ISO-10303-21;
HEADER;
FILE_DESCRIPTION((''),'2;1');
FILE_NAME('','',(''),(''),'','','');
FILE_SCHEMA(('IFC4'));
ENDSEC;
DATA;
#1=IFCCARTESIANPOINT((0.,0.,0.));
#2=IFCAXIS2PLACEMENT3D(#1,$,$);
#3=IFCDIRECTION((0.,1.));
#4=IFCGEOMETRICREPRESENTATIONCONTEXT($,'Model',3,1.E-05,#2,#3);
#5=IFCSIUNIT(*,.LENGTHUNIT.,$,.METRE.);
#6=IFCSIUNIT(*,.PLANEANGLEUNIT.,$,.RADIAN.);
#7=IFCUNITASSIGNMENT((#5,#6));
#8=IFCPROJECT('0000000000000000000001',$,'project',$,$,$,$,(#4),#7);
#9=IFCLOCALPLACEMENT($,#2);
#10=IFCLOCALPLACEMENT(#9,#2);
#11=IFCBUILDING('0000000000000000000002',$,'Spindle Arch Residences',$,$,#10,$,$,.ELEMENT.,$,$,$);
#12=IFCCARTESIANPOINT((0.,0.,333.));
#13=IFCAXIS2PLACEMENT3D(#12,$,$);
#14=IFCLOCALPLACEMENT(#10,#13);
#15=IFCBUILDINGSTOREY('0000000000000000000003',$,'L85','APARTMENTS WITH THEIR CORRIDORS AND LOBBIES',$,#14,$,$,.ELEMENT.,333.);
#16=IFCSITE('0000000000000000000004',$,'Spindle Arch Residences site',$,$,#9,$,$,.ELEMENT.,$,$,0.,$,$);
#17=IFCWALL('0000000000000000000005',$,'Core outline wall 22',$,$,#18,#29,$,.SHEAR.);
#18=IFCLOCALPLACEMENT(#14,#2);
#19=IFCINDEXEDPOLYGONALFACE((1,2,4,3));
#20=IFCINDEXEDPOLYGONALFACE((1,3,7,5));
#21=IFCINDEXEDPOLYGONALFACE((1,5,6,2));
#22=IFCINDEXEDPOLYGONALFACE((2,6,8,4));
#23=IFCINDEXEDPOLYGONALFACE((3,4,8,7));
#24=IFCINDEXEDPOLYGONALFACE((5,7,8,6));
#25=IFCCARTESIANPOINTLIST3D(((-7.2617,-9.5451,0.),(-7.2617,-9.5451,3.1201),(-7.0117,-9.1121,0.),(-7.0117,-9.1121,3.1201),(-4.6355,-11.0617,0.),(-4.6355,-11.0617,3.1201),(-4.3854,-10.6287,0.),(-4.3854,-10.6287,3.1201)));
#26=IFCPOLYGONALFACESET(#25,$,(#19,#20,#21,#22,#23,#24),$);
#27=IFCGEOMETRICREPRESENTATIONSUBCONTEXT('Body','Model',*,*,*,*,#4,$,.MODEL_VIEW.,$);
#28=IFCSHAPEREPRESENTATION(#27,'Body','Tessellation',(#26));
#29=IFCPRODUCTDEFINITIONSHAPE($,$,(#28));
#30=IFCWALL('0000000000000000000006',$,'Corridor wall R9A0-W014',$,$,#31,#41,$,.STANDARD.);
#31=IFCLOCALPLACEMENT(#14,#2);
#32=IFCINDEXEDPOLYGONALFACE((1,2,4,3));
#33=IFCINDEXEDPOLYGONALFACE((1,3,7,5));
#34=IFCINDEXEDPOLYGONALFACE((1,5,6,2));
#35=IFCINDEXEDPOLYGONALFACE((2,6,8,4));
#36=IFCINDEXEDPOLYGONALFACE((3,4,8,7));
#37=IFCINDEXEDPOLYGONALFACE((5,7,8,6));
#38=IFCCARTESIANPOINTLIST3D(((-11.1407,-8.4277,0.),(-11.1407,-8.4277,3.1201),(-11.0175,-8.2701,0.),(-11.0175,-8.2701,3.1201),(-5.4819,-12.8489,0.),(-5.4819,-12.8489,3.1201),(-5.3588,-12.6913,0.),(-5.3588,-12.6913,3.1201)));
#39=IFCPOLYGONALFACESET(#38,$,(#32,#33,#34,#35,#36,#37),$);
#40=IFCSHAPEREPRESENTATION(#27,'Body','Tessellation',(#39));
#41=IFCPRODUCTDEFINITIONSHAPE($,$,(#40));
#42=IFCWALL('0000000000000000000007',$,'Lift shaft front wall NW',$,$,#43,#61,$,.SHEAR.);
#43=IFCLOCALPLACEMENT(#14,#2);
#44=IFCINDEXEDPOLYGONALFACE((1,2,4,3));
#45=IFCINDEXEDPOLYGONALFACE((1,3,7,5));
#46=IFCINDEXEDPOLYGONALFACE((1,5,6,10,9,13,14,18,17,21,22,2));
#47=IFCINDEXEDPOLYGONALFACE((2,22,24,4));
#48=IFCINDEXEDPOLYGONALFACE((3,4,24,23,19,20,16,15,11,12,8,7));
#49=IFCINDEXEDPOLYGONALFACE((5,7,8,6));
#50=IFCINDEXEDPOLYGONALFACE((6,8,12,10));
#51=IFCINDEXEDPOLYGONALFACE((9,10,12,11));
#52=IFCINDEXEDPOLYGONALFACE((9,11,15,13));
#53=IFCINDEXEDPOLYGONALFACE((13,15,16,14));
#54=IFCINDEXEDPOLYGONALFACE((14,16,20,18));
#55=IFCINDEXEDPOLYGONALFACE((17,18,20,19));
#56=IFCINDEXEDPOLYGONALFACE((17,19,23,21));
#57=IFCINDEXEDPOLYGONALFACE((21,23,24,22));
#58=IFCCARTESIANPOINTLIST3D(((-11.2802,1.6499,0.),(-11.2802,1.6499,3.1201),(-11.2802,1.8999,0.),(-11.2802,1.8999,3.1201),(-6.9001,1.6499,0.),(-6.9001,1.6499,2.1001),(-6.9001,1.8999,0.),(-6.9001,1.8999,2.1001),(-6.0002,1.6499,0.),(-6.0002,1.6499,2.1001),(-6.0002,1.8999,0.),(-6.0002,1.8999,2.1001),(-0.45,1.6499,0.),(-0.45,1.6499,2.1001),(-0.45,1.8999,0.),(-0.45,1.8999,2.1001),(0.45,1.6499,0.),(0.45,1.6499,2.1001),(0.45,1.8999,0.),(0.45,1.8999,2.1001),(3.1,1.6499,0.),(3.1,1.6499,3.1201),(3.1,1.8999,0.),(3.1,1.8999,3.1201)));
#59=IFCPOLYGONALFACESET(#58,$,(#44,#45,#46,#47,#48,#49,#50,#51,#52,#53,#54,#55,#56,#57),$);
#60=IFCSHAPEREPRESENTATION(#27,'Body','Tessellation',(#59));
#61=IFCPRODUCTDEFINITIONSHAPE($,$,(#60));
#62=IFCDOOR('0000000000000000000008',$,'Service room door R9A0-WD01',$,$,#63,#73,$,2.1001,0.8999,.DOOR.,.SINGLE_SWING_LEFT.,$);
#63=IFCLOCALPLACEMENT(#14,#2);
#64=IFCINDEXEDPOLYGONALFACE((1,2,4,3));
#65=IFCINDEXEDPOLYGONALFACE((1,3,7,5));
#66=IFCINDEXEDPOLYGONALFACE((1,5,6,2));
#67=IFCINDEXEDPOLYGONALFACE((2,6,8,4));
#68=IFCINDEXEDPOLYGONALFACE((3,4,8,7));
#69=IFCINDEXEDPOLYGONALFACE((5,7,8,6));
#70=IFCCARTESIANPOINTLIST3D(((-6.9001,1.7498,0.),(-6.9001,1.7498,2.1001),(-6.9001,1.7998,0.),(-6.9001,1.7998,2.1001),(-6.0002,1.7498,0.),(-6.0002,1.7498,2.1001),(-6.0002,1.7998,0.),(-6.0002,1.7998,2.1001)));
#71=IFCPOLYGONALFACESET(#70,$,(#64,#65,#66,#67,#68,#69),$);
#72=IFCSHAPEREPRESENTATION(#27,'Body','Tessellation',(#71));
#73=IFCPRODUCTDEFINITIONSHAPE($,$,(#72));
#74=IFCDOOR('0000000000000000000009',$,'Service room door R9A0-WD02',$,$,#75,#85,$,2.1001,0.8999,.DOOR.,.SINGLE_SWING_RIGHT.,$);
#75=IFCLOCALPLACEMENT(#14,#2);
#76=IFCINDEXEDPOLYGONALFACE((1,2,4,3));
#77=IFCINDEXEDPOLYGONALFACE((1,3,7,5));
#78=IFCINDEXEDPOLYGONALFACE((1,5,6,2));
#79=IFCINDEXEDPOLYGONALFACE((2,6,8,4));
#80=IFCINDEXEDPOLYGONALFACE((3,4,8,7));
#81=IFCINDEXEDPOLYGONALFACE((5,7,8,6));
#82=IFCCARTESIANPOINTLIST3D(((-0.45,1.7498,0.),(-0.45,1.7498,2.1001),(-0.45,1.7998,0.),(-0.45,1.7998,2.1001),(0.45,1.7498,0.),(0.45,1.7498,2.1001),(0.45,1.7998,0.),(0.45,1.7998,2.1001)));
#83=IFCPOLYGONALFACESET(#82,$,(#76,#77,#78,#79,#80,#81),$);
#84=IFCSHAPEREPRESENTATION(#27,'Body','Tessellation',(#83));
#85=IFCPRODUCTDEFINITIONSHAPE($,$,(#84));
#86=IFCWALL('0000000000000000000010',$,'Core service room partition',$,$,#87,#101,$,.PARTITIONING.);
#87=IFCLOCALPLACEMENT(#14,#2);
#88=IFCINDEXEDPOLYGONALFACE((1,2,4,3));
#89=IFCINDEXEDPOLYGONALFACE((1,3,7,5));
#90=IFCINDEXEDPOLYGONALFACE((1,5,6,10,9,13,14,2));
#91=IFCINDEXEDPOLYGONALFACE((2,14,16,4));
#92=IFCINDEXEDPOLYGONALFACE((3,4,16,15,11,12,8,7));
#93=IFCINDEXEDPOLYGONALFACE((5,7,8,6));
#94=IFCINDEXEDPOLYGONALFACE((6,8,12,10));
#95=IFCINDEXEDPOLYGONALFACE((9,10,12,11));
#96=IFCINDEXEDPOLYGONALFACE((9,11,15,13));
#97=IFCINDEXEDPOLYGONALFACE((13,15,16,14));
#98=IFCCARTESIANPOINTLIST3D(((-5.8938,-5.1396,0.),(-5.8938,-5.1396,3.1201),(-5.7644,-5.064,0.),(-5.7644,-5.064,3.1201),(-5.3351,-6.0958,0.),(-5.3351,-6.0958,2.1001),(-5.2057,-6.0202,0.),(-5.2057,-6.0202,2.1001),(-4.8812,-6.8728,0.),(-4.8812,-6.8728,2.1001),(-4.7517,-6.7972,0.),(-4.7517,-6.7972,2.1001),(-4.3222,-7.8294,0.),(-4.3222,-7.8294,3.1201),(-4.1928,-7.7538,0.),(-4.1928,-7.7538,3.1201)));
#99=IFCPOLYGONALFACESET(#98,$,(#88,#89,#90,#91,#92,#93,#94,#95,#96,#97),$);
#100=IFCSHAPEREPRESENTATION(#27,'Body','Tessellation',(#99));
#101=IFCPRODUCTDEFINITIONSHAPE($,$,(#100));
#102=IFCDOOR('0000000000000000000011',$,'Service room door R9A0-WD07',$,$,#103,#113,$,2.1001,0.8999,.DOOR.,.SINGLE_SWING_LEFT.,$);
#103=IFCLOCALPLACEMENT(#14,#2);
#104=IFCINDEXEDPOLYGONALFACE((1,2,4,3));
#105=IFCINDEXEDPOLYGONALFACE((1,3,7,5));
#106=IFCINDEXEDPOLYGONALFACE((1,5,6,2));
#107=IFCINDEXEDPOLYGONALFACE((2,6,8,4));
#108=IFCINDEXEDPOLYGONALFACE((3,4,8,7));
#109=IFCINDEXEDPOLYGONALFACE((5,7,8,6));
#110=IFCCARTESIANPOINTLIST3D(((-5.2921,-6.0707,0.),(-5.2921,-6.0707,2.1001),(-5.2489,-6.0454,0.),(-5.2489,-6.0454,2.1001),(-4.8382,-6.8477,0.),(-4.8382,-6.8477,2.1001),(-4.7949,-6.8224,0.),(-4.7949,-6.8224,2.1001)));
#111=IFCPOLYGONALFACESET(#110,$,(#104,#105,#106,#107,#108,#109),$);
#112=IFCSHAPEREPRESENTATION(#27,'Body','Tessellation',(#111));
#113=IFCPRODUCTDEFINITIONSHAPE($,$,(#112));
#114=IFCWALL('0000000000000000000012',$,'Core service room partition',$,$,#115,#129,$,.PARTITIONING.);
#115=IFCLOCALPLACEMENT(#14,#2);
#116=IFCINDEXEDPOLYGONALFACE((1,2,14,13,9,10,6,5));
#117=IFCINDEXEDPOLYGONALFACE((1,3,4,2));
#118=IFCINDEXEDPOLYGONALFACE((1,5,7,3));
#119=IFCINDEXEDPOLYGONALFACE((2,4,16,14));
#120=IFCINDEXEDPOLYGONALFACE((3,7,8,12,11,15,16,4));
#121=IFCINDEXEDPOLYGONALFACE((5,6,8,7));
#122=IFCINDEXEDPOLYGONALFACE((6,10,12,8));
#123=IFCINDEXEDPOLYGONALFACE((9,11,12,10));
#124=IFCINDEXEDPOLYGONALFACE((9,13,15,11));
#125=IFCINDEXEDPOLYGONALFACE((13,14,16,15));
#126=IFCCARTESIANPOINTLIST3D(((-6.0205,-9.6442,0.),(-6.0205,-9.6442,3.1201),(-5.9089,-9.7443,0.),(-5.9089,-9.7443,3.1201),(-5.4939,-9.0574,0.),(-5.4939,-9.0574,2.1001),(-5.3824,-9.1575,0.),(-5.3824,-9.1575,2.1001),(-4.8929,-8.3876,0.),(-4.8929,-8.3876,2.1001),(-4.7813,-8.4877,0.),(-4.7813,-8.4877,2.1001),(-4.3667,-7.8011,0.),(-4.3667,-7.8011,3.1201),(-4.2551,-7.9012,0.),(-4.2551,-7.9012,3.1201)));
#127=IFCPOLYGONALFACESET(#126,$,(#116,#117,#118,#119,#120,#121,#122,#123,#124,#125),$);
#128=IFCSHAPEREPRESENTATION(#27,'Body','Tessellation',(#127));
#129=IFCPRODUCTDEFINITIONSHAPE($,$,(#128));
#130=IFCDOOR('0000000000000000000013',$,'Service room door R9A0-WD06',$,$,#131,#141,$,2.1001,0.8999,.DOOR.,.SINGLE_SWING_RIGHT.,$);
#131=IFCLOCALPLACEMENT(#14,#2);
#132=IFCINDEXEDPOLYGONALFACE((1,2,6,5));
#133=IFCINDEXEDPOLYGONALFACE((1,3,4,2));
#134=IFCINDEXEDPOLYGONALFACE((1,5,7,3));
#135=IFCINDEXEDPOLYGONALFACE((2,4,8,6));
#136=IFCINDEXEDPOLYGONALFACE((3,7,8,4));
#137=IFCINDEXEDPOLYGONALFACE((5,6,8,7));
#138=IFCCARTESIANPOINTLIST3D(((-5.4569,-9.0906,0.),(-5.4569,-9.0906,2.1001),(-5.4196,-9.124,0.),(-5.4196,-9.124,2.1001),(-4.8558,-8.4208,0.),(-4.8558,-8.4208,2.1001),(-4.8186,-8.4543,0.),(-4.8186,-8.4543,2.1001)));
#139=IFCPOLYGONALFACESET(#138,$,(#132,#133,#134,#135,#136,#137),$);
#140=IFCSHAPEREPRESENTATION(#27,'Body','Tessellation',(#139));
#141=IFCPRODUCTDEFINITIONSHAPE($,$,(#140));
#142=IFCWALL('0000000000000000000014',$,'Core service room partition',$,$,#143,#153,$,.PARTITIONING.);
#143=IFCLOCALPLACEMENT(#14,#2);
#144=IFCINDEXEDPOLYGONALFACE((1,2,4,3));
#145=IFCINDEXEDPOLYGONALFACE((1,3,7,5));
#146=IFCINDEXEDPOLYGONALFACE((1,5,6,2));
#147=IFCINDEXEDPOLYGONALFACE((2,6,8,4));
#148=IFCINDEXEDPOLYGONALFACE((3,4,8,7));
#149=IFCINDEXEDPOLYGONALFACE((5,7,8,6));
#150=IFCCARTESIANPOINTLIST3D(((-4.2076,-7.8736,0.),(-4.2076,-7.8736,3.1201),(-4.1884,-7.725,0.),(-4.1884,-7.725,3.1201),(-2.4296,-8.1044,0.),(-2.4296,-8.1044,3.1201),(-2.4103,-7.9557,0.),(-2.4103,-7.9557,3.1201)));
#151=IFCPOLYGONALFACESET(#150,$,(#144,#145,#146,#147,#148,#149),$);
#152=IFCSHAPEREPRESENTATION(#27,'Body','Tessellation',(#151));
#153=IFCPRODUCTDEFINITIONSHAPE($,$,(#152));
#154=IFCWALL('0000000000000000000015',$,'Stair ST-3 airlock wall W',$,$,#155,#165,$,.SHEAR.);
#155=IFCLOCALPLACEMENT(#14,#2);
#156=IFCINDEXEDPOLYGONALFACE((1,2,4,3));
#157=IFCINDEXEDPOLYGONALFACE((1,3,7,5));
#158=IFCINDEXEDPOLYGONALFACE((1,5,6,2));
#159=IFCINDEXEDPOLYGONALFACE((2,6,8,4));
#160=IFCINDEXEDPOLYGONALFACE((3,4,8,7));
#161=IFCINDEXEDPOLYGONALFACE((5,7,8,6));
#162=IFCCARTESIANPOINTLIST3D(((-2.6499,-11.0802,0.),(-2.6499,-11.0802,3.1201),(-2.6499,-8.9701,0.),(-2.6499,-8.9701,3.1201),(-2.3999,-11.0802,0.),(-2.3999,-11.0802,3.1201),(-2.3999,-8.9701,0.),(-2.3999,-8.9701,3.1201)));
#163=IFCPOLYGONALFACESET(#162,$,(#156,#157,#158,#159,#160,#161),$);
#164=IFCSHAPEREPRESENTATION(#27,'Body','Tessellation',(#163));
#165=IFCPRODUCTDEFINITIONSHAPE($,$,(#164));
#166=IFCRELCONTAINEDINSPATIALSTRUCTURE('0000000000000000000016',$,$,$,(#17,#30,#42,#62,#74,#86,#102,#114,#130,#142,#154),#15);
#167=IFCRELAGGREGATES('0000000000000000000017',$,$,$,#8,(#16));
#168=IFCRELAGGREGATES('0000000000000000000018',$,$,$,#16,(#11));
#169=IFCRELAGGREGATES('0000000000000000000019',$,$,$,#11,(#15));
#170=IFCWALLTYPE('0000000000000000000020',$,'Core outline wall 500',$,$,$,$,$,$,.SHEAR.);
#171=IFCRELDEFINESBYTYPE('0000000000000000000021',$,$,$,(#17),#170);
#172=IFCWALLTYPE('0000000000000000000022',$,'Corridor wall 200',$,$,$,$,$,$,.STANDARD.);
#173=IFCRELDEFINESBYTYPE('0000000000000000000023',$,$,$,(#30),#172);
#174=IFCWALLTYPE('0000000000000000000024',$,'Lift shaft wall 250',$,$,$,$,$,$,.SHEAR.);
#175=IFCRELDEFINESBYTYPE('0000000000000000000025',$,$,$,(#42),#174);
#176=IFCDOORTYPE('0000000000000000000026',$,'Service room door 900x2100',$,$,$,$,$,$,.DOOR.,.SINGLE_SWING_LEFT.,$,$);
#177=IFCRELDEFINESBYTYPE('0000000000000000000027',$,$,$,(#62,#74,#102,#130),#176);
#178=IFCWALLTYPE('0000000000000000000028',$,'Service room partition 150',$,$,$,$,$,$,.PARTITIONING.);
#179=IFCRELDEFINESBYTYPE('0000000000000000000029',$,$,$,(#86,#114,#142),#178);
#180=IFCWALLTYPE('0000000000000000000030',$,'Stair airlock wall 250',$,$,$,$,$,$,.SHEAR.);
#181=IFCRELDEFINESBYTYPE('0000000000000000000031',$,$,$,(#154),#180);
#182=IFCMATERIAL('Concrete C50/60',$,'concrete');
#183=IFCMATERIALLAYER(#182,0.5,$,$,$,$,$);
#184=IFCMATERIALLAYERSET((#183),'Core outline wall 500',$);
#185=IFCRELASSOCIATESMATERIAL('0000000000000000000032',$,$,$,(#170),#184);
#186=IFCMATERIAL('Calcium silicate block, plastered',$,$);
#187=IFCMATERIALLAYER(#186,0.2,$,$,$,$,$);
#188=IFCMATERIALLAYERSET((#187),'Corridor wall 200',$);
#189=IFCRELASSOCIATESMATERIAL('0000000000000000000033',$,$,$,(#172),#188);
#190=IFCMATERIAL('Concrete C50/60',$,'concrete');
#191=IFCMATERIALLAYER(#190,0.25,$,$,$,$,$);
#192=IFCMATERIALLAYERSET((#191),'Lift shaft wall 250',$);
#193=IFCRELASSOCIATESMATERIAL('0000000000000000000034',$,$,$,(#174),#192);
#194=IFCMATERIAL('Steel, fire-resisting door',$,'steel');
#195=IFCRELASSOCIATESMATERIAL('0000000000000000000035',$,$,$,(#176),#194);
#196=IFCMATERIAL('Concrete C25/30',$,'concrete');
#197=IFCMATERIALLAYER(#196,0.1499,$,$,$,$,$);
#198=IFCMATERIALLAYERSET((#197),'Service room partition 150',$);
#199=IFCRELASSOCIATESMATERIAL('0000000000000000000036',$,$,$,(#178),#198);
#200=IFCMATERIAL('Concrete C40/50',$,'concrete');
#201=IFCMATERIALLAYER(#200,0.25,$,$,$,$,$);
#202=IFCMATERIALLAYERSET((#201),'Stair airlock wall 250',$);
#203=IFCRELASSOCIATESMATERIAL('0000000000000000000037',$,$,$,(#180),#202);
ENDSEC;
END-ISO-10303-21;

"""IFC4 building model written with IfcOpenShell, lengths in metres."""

from ifc_helpers import new_model, si_unit, direction, frame, frame_2d, origin, place, context, subcontext, project, spatial, rectangle, extrude, material, layer, layer_set, type_object, element, fill, save


model = new_model("IFC4")

# Units and contexts
model_context = context("Model", 3, precision=1e-05, world=origin(), true_north=direction((0.0, 1.0)))
body_context = subcontext(model_context, "Body", "Model", "MODEL_VIEW")
ifc_project = project(units=[si_unit("LENGTHUNIT", "METRE"), si_unit("PLANEANGLEUNIT", "RADIAN")], contexts=[model_context])

# Site, building, storey
site_placement = place(None, origin())
site = spatial("IfcSite", under=ifc_project, at=site_placement, Name="Spindle Arch Residences site", CompositionType="ELEMENT", RefElevation=0.0)
building_placement = place(site_placement, origin())
building = spatial("IfcBuilding", under=site, at=building_placement, Name="Spindle Arch Residences", CompositionType="ELEMENT")
storey_placement = place(building_placement, frame((0.0, 0.0, 333.0)))
storey = spatial("IfcBuildingStorey", under=building, at=storey_placement, Name="L85", Description="APARTMENTS WITH THEIR CORRIDORS AND LOBBIES", CompositionType="ELEMENT", Elevation=333.0)

# Walls
ifc_material_1 = material(Name="Concrete C50/60", Category="concrete")
ifc_layer_1 = layer(ifc_material_1, 0.5)
ifc_layer_set_1 = layer_set([ifc_layer_1], Name="Core outline wall 500")
wall_type_1 = type_object("IfcWallType", Name="Core outline wall 500", PredefinedType="SHEAR", material=ifc_layer_set_1)
wall_1_placement = place(storey_placement, frame((-7.1367, -9.3286, 0.0), z_axis=(0.0, 0.0, 1.0), x_axis=(0.865975, -0.500087, 0.0)))
element("IfcWall", 1, at=wall_1_placement, inside=storey, type_object=wall_type_1, Name="Core outline wall 22", PredefinedType="SHEAR", context=body_context, shape_type="SweptSolid", body=[
    extrude(rectangle(XDim=3.0327, YDim=0.5, at=frame_2d((1.5164, 0.0))), origin(), (0.0, 0.0, 1.0), 3.1201),
])
ifc_material_2 = material(Name="Calcium silicate block, plastered")
ifc_layer_2 = layer(ifc_material_2, 0.2)
ifc_layer_set_2 = layer_set([ifc_layer_2], Name="Corridor wall 200")
wall_type_2 = type_object("IfcWallType", Name="Corridor wall 200", PredefinedType="STANDARD", material=ifc_layer_set_2)
wall_2_placement = place(storey_placement, frame((-11.0791, -8.3489, 0.0), z_axis=(0.0, 0.0, 1.0), x_axis=(0.788005, -0.615669, 0.0)))
element("IfcWall", 2, at=wall_2_placement, inside=storey, type_object=wall_type_2, Name="Corridor wall R9A0-W014", PredefinedType="STANDARD", context=body_context, shape_type="SweptSolid", body=[
    extrude(rectangle(XDim=7.1812, YDim=0.2, at=frame_2d((3.5906, 0.0))), origin(), (0.0, 0.0, 1.0), 3.1201),
])

# Wall, openings, doors
ifc_material_3 = material(Name="Concrete C50/60", Category="concrete")
ifc_layer_3 = layer(ifc_material_3, 0.25)
ifc_layer_set_3 = layer_set([ifc_layer_3], Name="Lift shaft wall 250")
wall_type_3 = type_object("IfcWallType", Name="Lift shaft wall 250", PredefinedType="SHEAR", material=ifc_layer_set_3)
wall_3_placement = place(storey_placement, frame((-11.28, 1.7749, 0.0), z_axis=(0.0, 0.0, 1.0), x_axis=(1.0, 0.0, 0.0)))
wall_3 = element("IfcWall", 3, at=wall_3_placement, inside=storey, type_object=wall_type_3, Name="Lift shaft front wall NW", PredefinedType="SHEAR", context=body_context, shape_type="SweptSolid", body=[
    extrude(rectangle(XDim=14.3801, YDim=0.25, at=frame_2d((7.1899, 0.0))), origin(), (0.0, 0.0, 1.0), 3.1201),
])
opening_1_placement = place(wall_3_placement, frame((4.3799, 0.0, 0.0)))
opening_1 = element("IfcOpeningElement", 4, at=opening_1_placement, cuts=wall_3, PredefinedType="OPENING", context=body_context, shape_type="SweptSolid", body=[
    extrude(rectangle(XDim=0.8999, YDim=2.1001, at=frame_2d((0.45, 1.05))), frame((0.0, 0.135, 0.0), z_axis=(0.0, -1.0, 0.0), x_axis=(1.0, 0.0, 0.0)), (0.0, 0.0, 1.0), 0.27),
])
opening_2_placement = place(wall_3_placement, frame((10.8301, 0.0, 0.0)))
opening_2 = element("IfcOpeningElement", 5, at=opening_2_placement, cuts=wall_3, PredefinedType="OPENING", context=body_context, shape_type="SweptSolid", body=[
    extrude(rectangle(XDim=0.8999, YDim=2.1001, at=frame_2d((0.45, 1.05))), frame((0.0, 0.135, 0.0), z_axis=(0.0, -1.0, 0.0), x_axis=(1.0, 0.0, 0.0)), (0.0, 0.0, 1.0), 0.27),
])
ifc_material_4 = material(Name="Steel, fire-resisting door", Category="steel")
door_type_1 = type_object("IfcDoorType", Name="Service room door 900x2100", OperationType="SINGLE_SWING_LEFT", PredefinedType="DOOR", material=ifc_material_4)
door_1_placement = place(opening_1_placement, origin())
door_1 = element("IfcDoor", 6, at=door_1_placement, inside=storey, type_object=door_type_1, Name="Service room door R9A0-WD01", OperationType="SINGLE_SWING_LEFT", OverallHeight=2.1001, OverallWidth=0.8999, PredefinedType="DOOR", context=body_context, shape_type="SweptSolid", body=[
    extrude(rectangle(XDim=0.8999, YDim=2.1001, at=frame_2d((0.45, 1.05))), frame((0.0, 0.0249, 0.0), z_axis=(0.0, -1.0, 0.0), x_axis=(1.0, 0.0, 0.0)), (0.0, 0.0, 1.0), 0.05),
])
fill(opening_1, door_1)
door_2_placement = place(opening_2_placement, origin())
door_2 = element("IfcDoor", 7, at=door_2_placement, inside=storey, type_object=door_type_1, Name="Service room door R9A0-WD02", OperationType="SINGLE_SWING_RIGHT", OverallHeight=2.1001, OverallWidth=0.8999, PredefinedType="DOOR", context=body_context, shape_type="SweptSolid", body=[
    extrude(rectangle(XDim=0.8999, YDim=2.1001, at=frame_2d((0.45, 1.05))), frame((0.0, 0.0249, 0.0), z_axis=(0.0, -1.0, 0.0), x_axis=(1.0, 0.0, 0.0)), (0.0, 0.0, 1.0), 0.05),
])
fill(opening_2, door_2)

# Walls, openings, doors
ifc_material_5 = material(Name="Concrete C25/30", Category="concrete")
ifc_layer_4 = layer(ifc_material_5, 0.1499)
ifc_layer_set_4 = layer_set([ifc_layer_4], Name="Service room partition 150")
wall_type_4 = type_object("IfcWallType", Name="Service room partition 150", PredefinedType="PARTITIONING", material=ifc_layer_set_4)
wall_4_placement = place(storey_placement, frame((-5.8291, -5.1018, 0.0), z_axis=(0.0, 0.0, 1.0), x_axis=(0.50448, -0.863423, 0.0)))
wall_4 = element("IfcWall", 8, at=wall_4_placement, inside=storey, type_object=wall_type_4, Name="Core service room partition", PredefinedType="PARTITIONING", context=body_context, shape_type="SweptSolid", body=[
    extrude(rectangle(XDim=3.1152, YDim=0.1499, at=frame_2d((1.5576, 0.0))), origin(), (0.0, 0.0, 1.0), 3.1201),
])
opening_3_placement = place(wall_4_placement, frame((1.1074, 0.0, 0.0)))
opening_3 = element("IfcOpeningElement", 9, at=opening_3_placement, cuts=wall_4, PredefinedType="OPENING", context=body_context, shape_type="SweptSolid", body=[
    extrude(rectangle(XDim=0.8999, YDim=2.1001, at=frame_2d((0.45, 1.05))), frame((0.0, 0.085, 0.0), z_axis=(0.0, -1.0, 0.0), x_axis=(1.0, 0.0, 0.0)), (0.0, 0.0, 1.0), 0.1699),
])
door_3_placement = place(opening_3_placement, origin())
door_3 = element("IfcDoor", 10, at=door_3_placement, inside=storey, type_object=door_type_1, Name="Service room door R9A0-WD07", OperationType="SINGLE_SWING_LEFT", OverallHeight=2.1001, OverallWidth=0.8999, PredefinedType="DOOR", context=body_context, shape_type="SweptSolid", body=[
    extrude(rectangle(XDim=0.8999, YDim=2.1001, at=frame_2d((0.45, 1.05))), frame((0.0, 0.0249, 0.0), z_axis=(0.0, -1.0, 0.0), x_axis=(1.0, 0.0, 0.0)), (0.0, 0.0, 1.0), 0.05),
])
fill(opening_3, door_3)
wall_5_placement = place(storey_placement, frame((-4.3108, -7.8511, 0.0), z_axis=(0.0, 0.0, 1.0), x_axis=(-0.667869, -0.744279, 0.0)))
wall_5 = element("IfcWall", 11, at=wall_5_placement, inside=storey, type_object=wall_type_4, Name="Core service room partition", PredefinedType="PARTITIONING", context=body_context, shape_type="SweptSolid", body=[
    extrude(rectangle(XDim=2.4763, YDim=0.1499, at=frame_2d((1.2383, 0.0))), origin(), (0.0, 0.0, 1.0), 3.1201),
])
opening_4_placement = place(wall_5_placement, frame((0.7881, 0.0, 0.0)))
opening_4 = element("IfcOpeningElement", 12, at=opening_4_placement, cuts=wall_5, PredefinedType="OPENING", context=body_context, shape_type="SweptSolid", body=[
    extrude(rectangle(XDim=0.8999, YDim=2.1001, at=frame_2d((0.45, 1.05))), frame((0.0, 0.085, 0.0), z_axis=(0.0, -1.0, 0.0), x_axis=(1.0, 0.0, 0.0)), (0.0, 0.0, 1.0), 0.1699),
])
door_4_placement = place(opening_4_placement, origin())
door_4 = element("IfcDoor", 13, at=door_4_placement, inside=storey, type_object=door_type_1, Name="Service room door R9A0-WD06", OperationType="SINGLE_SWING_RIGHT", OverallHeight=2.1001, OverallWidth=0.8999, PredefinedType="DOOR", context=body_context, shape_type="SweptSolid", body=[
    extrude(rectangle(XDim=0.8999, YDim=2.1001, at=frame_2d((0.45, 1.05))), frame((0.0, 0.0249, 0.0), z_axis=(0.0, -1.0, 0.0), x_axis=(1.0, 0.0, 0.0)), (0.0, 0.0, 1.0), 0.05),
])
fill(opening_4, door_4)

# Walls
wall_6_placement = place(storey_placement, frame((-4.198, -7.7993, 0.0), z_axis=(0.0, 0.0, 1.0), x_axis=(0.991687, -0.128676, 0.0)))
element("IfcWall", 14, at=wall_6_placement, inside=storey, type_object=wall_type_4, Name="Core service room partition", PredefinedType="PARTITIONING", context=body_context, shape_type="SweptSolid", body=[
    extrude(rectangle(XDim=1.793, YDim=0.1499, at=frame_2d((0.8965, 0.0))), origin(), (0.0, 0.0, 1.0), 3.1201),
])
ifc_material_6 = material(Name="Concrete C40/50", Category="concrete")
ifc_layer_5 = layer(ifc_material_6, 0.25)
ifc_layer_set_5 = layer_set([ifc_layer_5], Name="Stair airlock wall 250")
wall_type_5 = type_object("IfcWallType", Name="Stair airlock wall 250", PredefinedType="SHEAR", material=ifc_layer_set_5)
wall_7_placement = place(storey_placement, frame((-2.5249, -8.97, 0.0), z_axis=(0.0, 0.0, 1.0), x_axis=(0.0, -1.0, 0.0)))
element("IfcWall", 15, at=wall_7_placement, inside=storey, type_object=wall_type_5, Name="Stair ST-3 airlock wall W", PredefinedType="SHEAR", context=body_context, shape_type="SweptSolid", body=[
    extrude(rectangle(XDim=2.1101, YDim=0.25, at=frame_2d((1.0552, 0.0))), origin(), (0.0, 0.0, 1.0), 3.1201),
])

save(model, "model.ifc")
